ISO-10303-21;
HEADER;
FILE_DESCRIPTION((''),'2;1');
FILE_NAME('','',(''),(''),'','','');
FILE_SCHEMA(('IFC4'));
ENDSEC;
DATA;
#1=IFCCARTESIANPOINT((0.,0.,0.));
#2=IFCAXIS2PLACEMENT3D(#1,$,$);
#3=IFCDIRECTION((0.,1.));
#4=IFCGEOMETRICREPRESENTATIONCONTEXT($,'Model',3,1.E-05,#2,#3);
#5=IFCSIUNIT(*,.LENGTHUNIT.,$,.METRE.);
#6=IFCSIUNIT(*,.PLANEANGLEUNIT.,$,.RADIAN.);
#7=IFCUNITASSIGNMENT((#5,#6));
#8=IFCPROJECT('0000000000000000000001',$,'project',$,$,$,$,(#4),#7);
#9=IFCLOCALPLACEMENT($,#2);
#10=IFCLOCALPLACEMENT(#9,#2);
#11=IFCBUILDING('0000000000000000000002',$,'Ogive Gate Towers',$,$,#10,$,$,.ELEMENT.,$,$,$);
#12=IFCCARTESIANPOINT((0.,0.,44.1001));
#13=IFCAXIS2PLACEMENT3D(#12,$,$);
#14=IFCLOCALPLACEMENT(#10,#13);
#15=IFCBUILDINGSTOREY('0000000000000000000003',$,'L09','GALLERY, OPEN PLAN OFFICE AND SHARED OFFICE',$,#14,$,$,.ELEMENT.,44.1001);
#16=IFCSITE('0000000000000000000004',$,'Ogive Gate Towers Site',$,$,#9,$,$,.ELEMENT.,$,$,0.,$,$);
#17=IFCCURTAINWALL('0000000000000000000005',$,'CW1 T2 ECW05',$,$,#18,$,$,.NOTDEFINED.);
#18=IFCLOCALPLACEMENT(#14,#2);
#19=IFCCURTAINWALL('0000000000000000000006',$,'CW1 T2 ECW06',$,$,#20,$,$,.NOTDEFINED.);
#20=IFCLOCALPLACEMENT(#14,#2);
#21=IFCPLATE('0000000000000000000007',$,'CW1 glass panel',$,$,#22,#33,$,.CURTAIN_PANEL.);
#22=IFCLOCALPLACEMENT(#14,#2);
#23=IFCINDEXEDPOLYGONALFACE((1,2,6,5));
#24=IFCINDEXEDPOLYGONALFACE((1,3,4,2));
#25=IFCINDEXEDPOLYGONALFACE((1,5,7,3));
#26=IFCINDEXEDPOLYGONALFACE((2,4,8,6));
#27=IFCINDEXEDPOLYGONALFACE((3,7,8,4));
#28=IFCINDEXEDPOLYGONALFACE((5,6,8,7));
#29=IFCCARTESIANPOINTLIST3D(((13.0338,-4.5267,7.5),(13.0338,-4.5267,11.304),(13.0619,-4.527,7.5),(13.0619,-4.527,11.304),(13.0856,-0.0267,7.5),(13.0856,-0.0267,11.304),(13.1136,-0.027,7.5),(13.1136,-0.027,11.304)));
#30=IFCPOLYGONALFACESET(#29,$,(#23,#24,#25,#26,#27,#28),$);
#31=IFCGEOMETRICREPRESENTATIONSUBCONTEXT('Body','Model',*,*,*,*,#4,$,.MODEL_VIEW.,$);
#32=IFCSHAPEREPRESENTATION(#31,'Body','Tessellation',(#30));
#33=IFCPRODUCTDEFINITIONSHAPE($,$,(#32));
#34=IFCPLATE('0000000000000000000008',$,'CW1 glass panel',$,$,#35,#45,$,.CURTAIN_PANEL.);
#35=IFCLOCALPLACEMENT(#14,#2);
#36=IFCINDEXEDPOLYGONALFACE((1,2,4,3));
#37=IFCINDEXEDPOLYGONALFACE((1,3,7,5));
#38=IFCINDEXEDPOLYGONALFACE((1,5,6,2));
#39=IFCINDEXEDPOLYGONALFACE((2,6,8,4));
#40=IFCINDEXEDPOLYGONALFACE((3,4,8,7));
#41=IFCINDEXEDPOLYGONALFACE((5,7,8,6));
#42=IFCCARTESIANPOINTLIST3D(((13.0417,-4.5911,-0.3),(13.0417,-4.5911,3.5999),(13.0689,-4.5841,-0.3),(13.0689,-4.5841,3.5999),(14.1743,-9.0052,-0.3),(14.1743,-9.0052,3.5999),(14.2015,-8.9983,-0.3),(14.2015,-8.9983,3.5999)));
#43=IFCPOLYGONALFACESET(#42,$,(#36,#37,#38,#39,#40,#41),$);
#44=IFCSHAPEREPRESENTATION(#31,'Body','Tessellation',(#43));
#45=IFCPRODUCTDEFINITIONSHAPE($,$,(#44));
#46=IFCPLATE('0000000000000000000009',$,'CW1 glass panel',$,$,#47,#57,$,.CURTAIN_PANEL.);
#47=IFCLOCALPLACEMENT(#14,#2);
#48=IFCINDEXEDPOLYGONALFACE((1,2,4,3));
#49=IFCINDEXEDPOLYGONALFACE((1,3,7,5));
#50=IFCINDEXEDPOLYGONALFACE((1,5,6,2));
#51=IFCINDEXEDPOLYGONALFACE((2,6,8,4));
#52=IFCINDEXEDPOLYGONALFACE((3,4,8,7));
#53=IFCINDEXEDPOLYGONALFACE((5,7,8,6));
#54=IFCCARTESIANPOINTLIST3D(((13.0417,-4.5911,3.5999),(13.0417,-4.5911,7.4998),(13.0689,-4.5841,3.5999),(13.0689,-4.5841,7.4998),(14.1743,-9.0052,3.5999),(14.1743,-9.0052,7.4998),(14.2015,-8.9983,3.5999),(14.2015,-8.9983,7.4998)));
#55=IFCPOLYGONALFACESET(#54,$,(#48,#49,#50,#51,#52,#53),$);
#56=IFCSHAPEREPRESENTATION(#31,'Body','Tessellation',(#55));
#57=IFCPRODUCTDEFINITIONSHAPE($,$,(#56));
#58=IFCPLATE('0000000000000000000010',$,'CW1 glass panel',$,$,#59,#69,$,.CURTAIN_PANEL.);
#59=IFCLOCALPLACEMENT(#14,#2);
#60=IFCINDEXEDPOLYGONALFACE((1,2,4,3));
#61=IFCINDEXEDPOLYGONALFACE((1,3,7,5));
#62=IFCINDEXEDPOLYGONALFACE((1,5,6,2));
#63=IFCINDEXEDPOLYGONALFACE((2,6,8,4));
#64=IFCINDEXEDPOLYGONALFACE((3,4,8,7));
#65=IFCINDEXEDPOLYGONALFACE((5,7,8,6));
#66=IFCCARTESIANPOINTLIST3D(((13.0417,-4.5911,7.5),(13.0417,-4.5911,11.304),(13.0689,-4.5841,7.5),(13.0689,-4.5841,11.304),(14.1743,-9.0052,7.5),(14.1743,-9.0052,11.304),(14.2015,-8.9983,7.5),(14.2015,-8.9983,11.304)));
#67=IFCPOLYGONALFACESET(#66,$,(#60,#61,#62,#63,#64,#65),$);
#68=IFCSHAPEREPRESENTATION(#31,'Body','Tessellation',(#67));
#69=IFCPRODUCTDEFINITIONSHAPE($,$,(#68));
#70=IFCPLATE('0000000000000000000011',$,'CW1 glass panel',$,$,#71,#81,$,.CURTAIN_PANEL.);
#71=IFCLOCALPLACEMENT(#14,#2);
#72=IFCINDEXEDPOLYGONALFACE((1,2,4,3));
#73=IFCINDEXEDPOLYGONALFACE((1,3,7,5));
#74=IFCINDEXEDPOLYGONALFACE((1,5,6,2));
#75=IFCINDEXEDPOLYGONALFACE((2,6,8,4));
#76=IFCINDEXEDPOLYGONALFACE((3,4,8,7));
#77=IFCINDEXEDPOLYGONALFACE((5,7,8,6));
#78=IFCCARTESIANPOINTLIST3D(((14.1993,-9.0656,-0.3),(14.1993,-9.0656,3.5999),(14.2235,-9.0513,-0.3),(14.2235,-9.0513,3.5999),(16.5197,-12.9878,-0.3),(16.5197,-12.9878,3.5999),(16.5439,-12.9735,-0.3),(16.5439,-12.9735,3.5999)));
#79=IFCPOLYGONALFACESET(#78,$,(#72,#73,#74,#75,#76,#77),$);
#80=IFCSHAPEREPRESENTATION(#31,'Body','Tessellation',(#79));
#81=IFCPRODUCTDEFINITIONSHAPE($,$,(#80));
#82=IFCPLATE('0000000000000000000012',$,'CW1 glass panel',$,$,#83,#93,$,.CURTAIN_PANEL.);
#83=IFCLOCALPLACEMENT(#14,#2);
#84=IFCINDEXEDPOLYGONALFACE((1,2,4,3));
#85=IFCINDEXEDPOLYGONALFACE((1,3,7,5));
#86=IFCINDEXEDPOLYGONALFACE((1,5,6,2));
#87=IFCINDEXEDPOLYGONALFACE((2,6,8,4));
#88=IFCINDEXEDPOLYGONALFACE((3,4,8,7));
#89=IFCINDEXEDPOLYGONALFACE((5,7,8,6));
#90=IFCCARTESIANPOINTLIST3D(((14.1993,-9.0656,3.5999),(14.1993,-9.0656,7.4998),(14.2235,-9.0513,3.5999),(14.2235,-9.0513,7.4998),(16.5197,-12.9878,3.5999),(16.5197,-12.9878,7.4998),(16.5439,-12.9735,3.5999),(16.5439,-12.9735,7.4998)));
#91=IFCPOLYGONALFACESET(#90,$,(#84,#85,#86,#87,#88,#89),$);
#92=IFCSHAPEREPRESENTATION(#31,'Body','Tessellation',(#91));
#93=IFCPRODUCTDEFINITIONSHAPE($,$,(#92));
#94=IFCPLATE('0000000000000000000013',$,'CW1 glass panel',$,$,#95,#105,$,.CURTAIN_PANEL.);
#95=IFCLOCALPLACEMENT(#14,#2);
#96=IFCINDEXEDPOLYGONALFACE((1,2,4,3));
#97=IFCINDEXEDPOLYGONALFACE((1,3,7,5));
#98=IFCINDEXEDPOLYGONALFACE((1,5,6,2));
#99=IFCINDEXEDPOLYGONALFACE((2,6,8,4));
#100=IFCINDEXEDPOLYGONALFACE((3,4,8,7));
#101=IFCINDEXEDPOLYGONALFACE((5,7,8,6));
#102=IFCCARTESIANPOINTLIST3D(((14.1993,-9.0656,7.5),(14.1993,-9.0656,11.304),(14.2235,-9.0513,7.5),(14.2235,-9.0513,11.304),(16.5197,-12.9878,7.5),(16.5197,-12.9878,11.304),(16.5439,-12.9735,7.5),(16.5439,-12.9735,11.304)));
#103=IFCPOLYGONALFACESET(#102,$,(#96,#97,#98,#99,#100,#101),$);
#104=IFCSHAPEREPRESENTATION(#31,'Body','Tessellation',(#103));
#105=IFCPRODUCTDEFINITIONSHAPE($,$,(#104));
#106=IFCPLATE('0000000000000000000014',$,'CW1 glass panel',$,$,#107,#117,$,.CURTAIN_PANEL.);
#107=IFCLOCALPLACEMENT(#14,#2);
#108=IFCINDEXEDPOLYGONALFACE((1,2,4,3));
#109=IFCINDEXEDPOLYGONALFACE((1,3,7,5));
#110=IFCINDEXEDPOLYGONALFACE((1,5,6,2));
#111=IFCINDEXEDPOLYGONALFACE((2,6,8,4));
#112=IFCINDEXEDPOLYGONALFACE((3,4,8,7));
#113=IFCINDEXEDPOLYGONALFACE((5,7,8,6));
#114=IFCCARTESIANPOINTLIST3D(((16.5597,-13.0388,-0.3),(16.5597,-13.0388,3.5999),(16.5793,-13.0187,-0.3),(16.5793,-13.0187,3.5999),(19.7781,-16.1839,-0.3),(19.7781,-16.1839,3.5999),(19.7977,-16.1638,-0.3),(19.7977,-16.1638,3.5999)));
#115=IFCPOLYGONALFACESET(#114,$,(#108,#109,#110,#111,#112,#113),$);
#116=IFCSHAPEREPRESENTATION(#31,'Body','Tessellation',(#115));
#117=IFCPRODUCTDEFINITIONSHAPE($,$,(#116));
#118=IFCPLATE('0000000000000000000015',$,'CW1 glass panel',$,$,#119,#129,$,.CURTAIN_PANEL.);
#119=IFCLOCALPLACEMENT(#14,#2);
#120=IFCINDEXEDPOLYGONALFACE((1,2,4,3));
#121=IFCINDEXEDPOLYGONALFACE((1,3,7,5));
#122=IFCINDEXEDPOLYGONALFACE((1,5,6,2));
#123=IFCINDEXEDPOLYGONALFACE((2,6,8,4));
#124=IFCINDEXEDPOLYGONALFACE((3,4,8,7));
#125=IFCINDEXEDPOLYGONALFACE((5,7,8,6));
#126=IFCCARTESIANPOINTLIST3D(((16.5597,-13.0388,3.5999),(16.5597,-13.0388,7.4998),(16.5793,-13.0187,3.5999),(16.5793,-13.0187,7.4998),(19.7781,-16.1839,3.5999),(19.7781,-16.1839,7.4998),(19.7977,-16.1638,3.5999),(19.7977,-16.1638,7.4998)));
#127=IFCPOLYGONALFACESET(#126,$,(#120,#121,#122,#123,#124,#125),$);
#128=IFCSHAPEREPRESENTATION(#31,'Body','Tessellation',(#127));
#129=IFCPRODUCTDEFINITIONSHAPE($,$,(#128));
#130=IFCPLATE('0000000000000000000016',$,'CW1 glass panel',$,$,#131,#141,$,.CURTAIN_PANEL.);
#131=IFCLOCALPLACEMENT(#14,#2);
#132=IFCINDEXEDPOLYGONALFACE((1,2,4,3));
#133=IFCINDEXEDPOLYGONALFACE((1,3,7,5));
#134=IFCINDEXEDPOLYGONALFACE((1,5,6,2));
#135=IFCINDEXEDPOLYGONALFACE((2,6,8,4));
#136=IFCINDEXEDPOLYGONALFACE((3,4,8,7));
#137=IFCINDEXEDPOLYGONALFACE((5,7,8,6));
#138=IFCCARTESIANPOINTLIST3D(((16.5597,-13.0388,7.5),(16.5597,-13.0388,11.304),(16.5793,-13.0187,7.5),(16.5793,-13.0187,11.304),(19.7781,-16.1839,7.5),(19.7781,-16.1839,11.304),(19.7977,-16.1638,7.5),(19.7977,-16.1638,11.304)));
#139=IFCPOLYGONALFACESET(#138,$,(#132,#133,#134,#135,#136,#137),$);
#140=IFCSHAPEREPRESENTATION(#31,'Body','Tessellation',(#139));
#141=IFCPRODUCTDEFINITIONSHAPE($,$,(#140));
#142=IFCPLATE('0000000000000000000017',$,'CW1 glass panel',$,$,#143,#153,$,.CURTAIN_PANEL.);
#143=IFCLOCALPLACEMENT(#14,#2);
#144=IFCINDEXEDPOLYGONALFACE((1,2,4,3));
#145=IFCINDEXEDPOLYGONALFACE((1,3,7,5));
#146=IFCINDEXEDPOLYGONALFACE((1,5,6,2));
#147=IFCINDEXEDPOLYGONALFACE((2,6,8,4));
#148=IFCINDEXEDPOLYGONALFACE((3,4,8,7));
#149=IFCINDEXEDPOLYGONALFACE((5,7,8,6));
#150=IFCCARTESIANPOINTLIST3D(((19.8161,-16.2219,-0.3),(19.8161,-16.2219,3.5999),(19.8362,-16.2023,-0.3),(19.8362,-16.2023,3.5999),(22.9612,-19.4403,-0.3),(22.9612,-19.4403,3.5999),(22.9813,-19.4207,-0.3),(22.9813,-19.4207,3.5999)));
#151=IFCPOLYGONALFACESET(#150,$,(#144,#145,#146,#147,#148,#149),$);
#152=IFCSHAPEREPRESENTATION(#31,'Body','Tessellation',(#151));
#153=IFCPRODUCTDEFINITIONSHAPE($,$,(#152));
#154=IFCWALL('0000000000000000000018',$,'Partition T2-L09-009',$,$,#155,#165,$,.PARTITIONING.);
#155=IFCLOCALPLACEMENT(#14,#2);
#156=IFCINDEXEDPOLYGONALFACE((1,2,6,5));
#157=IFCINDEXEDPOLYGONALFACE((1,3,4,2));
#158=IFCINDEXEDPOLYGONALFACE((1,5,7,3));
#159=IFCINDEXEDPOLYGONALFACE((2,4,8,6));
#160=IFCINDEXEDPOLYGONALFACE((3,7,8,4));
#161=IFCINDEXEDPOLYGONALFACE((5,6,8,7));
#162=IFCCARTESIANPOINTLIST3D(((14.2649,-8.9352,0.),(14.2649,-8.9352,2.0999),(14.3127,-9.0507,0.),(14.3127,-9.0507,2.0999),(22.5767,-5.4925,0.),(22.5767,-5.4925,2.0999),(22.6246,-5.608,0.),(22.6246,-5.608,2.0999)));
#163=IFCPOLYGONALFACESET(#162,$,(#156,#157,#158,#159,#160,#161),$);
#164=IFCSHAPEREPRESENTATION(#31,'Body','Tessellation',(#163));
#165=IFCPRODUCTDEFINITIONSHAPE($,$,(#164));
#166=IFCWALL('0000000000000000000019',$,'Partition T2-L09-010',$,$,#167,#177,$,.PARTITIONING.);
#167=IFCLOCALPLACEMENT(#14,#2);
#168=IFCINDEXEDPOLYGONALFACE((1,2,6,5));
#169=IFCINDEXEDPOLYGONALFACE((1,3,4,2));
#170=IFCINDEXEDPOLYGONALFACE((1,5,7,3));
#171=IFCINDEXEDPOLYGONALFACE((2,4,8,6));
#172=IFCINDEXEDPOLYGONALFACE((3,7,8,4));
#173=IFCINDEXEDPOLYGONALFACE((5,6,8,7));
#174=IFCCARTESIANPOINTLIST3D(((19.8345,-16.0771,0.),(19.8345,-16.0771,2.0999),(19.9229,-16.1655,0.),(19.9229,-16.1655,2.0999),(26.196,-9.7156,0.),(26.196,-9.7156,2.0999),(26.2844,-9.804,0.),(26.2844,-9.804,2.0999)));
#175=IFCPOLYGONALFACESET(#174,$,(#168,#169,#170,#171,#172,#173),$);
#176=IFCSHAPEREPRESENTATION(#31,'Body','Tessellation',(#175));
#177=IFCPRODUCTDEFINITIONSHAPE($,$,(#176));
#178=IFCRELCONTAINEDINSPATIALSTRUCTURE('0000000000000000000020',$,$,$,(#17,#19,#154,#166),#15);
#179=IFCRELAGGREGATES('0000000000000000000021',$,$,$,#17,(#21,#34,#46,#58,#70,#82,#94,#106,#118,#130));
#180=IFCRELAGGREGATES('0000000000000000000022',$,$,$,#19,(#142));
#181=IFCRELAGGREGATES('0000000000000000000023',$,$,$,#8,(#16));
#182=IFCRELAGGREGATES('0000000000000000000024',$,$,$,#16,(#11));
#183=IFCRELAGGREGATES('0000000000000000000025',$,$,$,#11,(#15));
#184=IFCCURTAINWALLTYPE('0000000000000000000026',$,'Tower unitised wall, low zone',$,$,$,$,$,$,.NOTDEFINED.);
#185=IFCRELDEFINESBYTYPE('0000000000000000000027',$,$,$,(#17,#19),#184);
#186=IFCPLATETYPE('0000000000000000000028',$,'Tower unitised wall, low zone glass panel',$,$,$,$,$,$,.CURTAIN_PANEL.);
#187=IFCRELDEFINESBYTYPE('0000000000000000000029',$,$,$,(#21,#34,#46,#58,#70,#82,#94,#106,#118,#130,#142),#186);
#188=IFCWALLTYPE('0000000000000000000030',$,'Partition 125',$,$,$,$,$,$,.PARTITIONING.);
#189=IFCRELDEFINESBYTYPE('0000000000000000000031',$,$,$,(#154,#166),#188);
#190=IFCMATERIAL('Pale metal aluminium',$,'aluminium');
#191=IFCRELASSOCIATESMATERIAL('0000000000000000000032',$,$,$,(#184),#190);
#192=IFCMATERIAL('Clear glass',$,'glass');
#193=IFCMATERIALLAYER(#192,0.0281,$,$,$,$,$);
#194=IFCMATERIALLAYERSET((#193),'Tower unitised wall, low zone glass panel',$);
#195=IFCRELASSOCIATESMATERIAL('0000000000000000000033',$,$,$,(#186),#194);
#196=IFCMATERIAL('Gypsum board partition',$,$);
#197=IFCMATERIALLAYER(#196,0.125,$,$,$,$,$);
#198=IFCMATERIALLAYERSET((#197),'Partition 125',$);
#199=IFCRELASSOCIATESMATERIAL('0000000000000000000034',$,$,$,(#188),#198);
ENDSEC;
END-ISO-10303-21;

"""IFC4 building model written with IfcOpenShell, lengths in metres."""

from ifc_helpers import new_model, si_unit, direction, frame, frame_2d, origin, origin_2d, place, context, subcontext, project, spatial, rectangle, extrude, material, layer, layer_set, type_object, element, aggregate, save


model = new_model("IFC4")

# Units and contexts
model_context = context("Model", 3, precision=1e-05, world=origin(), true_north=direction((0.0, 1.0)))
body_context = subcontext(model_context, "Body", "Model", "MODEL_VIEW")
ifc_project = project(units=[si_unit("LENGTHUNIT", "METRE"), si_unit("PLANEANGLEUNIT", "RADIAN")], contexts=[model_context])

# Site, building, storey
site_placement = place(None, origin())
site = spatial("IfcSite", under=ifc_project, at=site_placement, Name="Ogive Gate Towers Site", CompositionType="ELEMENT", RefElevation=0.0)
building_placement = place(site_placement, origin())
building = spatial("IfcBuilding", under=site, at=building_placement, Name="Ogive Gate Towers", CompositionType="ELEMENT")
storey_placement = place(building_placement, frame((0.0, 0.0, 44.1001)))
storey = spatial("IfcBuildingStorey", under=building, at=storey_placement, Name="L09", Description="GALLERY, OPEN PLAN OFFICE AND SHARED OFFICE", CompositionType="ELEMENT", Elevation=44.1001)

# Curtain wall
ifc_material_1 = material(Name="Pale metal aluminium", Category="aluminium")
curtain_wall_type = type_object("IfcCurtainWallType", Name="Tower unitised wall, low zone", PredefinedType="NOTDEFINED", material=ifc_material_1)
curtain_wall_1_placement = place(storey_placement, origin())
curtain_wall_1 = element("IfcCurtainWall", 1, at=curtain_wall_1_placement, inside=storey, type_object=curtain_wall_type, Name="CW1 T2 ECW05", PredefinedType="NOTDEFINED")

# Curtain wall
curtain_wall_2_placement = place(storey_placement, origin())
curtain_wall_2 = element("IfcCurtainWall", 2, at=curtain_wall_2_placement, inside=storey, type_object=curtain_wall_type, Name="CW1 T2 ECW06", PredefinedType="NOTDEFINED")

# Plates
ifc_material_2 = material(Name="Clear glass", Category="glass")
ifc_layer_1 = layer(ifc_material_2, 0.0281)
ifc_layer_set_1 = layer_set([ifc_layer_1], Name="Tower unitised wall, low zone glass panel")
plate_type = type_object("IfcPlateType", Name="Tower unitised wall, low zone glass panel", PredefinedType="CURTAIN_PANEL", material=ifc_layer_set_1)
plate_1_placement = place(storey_placement, frame((13.0737, -2.2769, 7.5), z_axis=(0.0, 0.0, 1.0), x_axis=(-0.011501, -0.999934, 0.0)))
plate_1 = element("IfcPlate", 3, at=plate_1_placement, type_object=plate_type, Name="CW1 glass panel", PredefinedType="CURTAIN_PANEL", context=body_context, shape_type="SweptSolid", body=[
    extrude(rectangle(XDim=4.5002, YDim=0.0281, at=origin_2d()), origin(), (0.0, 0.0, 1.0), 3.804),
])
plate_2_placement = place(storey_placement, frame((13.6216, -6.7947, -0.3), z_axis=(0.0, 0.0, 1.0), x_axis=(0.248521, -0.968627, 0.0)))
plate_2 = element("IfcPlate", 4, at=plate_2_placement, type_object=plate_type, Name="CW1 glass panel", PredefinedType="CURTAIN_PANEL", context=body_context, shape_type="SweptSolid", body=[
    extrude(rectangle(XDim=4.5571, YDim=0.0281, at=origin_2d()), origin(), (0.0, 0.0, 1.0), 3.8999),
])
plate_3_placement = place(storey_placement, frame((13.6216, -6.7947, 3.5999), z_axis=(0.0, 0.0, 1.0), x_axis=(0.248521, -0.968627, 0.0)))
plate_3 = element("IfcPlate", 5, at=plate_3_placement, type_object=plate_type, Name="CW1 glass panel", PredefinedType="CURTAIN_PANEL", context=body_context, shape_type="SweptSolid", body=[
    extrude(rectangle(XDim=4.5571, YDim=0.0281, at=origin_2d()), origin(), (0.0, 0.0, 1.0), 3.8999),
])
plate_4_placement = place(storey_placement, frame((13.6216, -6.7947, 7.5), z_axis=(0.0, 0.0, 1.0), x_axis=(0.248521, -0.968627, 0.0)))
plate_4 = element("IfcPlate", 6, at=plate_4_placement, type_object=plate_type, Name="CW1 glass panel", PredefinedType="CURTAIN_PANEL", context=body_context, shape_type="SweptSolid", body=[
    extrude(rectangle(XDim=4.5571, YDim=0.0281, at=origin_2d()), origin(), (0.0, 0.0, 1.0), 3.804),
])
plate_5_placement = place(storey_placement, frame((15.3716, -11.0195, -0.3), z_axis=(0.0, 0.0, 1.0), x_axis=(0.509177, -0.860662, 0.0)))
plate_5 = element("IfcPlate", 7, at=plate_5_placement, type_object=plate_type, Name="CW1 glass panel", PredefinedType="CURTAIN_PANEL", context=body_context, shape_type="SweptSolid", body=[
    extrude(rectangle(XDim=4.5571, YDim=0.0281, at=origin_2d()), origin(), (0.0, 0.0, 1.0), 3.8999),
])
plate_6_placement = place(storey_placement, frame((15.3716, -11.0195, 3.5999), z_axis=(0.0, 0.0, 1.0), x_axis=(0.509177, -0.860662, 0.0)))
plate_6 = element("IfcPlate", 8, at=plate_6_placement, type_object=plate_type, Name="CW1 glass panel", PredefinedType="CURTAIN_PANEL", context=body_context, shape_type="SweptSolid", body=[
    extrude(rectangle(XDim=4.5571, YDim=0.0281, at=origin_2d()), origin(), (0.0, 0.0, 1.0), 3.8999),
])
plate_7_placement = place(storey_placement, frame((15.3716, -11.0195, 7.5), z_axis=(0.0, 0.0, 1.0), x_axis=(0.509177, -0.860662, 0.0)))
plate_7 = element("IfcPlate", 9, at=plate_7_placement, type_object=plate_type, Name="CW1 glass panel", PredefinedType="CURTAIN_PANEL", context=body_context, shape_type="SweptSolid", body=[
    extrude(rectangle(XDim=4.5571, YDim=0.0281, at=origin_2d()), origin(), (0.0, 0.0, 1.0), 3.804),
])
plate_8_placement = place(storey_placement, frame((18.1787, -14.6013, -0.3), z_axis=(0.0, 0.0, 1.0), x_axis=(0.715205, -0.698915, 0.0)))
plate_8 = element("IfcPlate", 10, at=plate_8_placement, type_object=plate_type, Name="CW1 glass panel", PredefinedType="CURTAIN_PANEL", context=body_context, shape_type="SweptSolid", body=[
    extrude(rectangle(XDim=4.5, YDim=0.0281, at=origin_2d()), origin(), (0.0, 0.0, 1.0), 3.8999),
])
plate_9_placement = place(storey_placement, frame((18.1787, -14.6013, 3.5999), z_axis=(0.0, 0.0, 1.0), x_axis=(0.715205, -0.698915, 0.0)))
plate_9 = element("IfcPlate", 11, at=plate_9_placement, type_object=plate_type, Name="CW1 glass panel", PredefinedType="CURTAIN_PANEL", context=body_context, shape_type="SweptSolid", body=[
    extrude(rectangle(XDim=4.5, YDim=0.0281, at=origin_2d()), origin(), (0.0, 0.0, 1.0), 3.8999),
])
plate_10_placement = place(storey_placement, frame((18.1787, -14.6013, 7.5), z_axis=(0.0, 0.0, 1.0), x_axis=(0.715205, -0.698915, 0.0)))
plate_10 = element("IfcPlate", 12, at=plate_10_placement, type_object=plate_type, Name="CW1 glass panel", PredefinedType="CURTAIN_PANEL", context=body_context, shape_type="SweptSolid", body=[
    extrude(rectangle(XDim=4.5, YDim=0.0281, at=origin_2d()), origin(), (0.0, 0.0, 1.0), 3.804),
])
aggregate(curtain_wall_1, [plate_1, plate_2, plate_3, plate_4, plate_5, plate_6, plate_7, plate_8, plate_9, plate_10])
plate_11_placement = place(storey_placement, frame((21.3987, -17.8213, -0.3), z_axis=(0.0, 0.0, 1.0), x_axis=(0.698915, -0.715205, 0.0)))
plate_11 = element("IfcPlate", 13, at=plate_11_placement, type_object=plate_type, Name="CW1 glass panel", PredefinedType="CURTAIN_PANEL", context=body_context, shape_type="SweptSolid", body=[
    extrude(rectangle(XDim=4.5, YDim=0.0281, at=origin_2d()), origin(), (0.0, 0.0, 1.0), 3.8999),
])
aggregate(curtain_wall_2, [plate_11])

# Walls
ifc_material_3 = material(Name="Gypsum board partition")
ifc_layer_2 = layer(ifc_material_3, 0.125)
ifc_layer_set_2 = layer_set([ifc_layer_2], Name="Partition 125")
wall_type = type_object("IfcWallType", Name="Partition 125", PredefinedType="PARTITIONING", material=ifc_layer_set_2)
for number, where, z_axis, x_axis, name in (
    (14, (14.2888, -8.9929, 0.0), (0.0, 0.0, 1.0), (0.923888, 0.382663, 0.0), "Partition T2-L09-009"),
    (15, (19.8787, -16.1213, 0.0), (0.0, 0.0, 1.0), (0.707107, 0.707107, 0.0), "Partition T2-L09-010"),
):
    element("IfcWall", number, at=place(storey_placement, frame(where, z_axis=z_axis, x_axis=x_axis)), inside=storey, type_object=wall_type, Name=name, PredefinedType="PARTITIONING", context=body_context, shape_type="SweptSolid", body=[
        extrude(rectangle(XDim=8.9966, YDim=0.125, at=frame_2d((4.4983, 0.0))), origin(), (0.0, 0.0, 1.0), 2.0999),
    ])

save(model, "model.ifc")
